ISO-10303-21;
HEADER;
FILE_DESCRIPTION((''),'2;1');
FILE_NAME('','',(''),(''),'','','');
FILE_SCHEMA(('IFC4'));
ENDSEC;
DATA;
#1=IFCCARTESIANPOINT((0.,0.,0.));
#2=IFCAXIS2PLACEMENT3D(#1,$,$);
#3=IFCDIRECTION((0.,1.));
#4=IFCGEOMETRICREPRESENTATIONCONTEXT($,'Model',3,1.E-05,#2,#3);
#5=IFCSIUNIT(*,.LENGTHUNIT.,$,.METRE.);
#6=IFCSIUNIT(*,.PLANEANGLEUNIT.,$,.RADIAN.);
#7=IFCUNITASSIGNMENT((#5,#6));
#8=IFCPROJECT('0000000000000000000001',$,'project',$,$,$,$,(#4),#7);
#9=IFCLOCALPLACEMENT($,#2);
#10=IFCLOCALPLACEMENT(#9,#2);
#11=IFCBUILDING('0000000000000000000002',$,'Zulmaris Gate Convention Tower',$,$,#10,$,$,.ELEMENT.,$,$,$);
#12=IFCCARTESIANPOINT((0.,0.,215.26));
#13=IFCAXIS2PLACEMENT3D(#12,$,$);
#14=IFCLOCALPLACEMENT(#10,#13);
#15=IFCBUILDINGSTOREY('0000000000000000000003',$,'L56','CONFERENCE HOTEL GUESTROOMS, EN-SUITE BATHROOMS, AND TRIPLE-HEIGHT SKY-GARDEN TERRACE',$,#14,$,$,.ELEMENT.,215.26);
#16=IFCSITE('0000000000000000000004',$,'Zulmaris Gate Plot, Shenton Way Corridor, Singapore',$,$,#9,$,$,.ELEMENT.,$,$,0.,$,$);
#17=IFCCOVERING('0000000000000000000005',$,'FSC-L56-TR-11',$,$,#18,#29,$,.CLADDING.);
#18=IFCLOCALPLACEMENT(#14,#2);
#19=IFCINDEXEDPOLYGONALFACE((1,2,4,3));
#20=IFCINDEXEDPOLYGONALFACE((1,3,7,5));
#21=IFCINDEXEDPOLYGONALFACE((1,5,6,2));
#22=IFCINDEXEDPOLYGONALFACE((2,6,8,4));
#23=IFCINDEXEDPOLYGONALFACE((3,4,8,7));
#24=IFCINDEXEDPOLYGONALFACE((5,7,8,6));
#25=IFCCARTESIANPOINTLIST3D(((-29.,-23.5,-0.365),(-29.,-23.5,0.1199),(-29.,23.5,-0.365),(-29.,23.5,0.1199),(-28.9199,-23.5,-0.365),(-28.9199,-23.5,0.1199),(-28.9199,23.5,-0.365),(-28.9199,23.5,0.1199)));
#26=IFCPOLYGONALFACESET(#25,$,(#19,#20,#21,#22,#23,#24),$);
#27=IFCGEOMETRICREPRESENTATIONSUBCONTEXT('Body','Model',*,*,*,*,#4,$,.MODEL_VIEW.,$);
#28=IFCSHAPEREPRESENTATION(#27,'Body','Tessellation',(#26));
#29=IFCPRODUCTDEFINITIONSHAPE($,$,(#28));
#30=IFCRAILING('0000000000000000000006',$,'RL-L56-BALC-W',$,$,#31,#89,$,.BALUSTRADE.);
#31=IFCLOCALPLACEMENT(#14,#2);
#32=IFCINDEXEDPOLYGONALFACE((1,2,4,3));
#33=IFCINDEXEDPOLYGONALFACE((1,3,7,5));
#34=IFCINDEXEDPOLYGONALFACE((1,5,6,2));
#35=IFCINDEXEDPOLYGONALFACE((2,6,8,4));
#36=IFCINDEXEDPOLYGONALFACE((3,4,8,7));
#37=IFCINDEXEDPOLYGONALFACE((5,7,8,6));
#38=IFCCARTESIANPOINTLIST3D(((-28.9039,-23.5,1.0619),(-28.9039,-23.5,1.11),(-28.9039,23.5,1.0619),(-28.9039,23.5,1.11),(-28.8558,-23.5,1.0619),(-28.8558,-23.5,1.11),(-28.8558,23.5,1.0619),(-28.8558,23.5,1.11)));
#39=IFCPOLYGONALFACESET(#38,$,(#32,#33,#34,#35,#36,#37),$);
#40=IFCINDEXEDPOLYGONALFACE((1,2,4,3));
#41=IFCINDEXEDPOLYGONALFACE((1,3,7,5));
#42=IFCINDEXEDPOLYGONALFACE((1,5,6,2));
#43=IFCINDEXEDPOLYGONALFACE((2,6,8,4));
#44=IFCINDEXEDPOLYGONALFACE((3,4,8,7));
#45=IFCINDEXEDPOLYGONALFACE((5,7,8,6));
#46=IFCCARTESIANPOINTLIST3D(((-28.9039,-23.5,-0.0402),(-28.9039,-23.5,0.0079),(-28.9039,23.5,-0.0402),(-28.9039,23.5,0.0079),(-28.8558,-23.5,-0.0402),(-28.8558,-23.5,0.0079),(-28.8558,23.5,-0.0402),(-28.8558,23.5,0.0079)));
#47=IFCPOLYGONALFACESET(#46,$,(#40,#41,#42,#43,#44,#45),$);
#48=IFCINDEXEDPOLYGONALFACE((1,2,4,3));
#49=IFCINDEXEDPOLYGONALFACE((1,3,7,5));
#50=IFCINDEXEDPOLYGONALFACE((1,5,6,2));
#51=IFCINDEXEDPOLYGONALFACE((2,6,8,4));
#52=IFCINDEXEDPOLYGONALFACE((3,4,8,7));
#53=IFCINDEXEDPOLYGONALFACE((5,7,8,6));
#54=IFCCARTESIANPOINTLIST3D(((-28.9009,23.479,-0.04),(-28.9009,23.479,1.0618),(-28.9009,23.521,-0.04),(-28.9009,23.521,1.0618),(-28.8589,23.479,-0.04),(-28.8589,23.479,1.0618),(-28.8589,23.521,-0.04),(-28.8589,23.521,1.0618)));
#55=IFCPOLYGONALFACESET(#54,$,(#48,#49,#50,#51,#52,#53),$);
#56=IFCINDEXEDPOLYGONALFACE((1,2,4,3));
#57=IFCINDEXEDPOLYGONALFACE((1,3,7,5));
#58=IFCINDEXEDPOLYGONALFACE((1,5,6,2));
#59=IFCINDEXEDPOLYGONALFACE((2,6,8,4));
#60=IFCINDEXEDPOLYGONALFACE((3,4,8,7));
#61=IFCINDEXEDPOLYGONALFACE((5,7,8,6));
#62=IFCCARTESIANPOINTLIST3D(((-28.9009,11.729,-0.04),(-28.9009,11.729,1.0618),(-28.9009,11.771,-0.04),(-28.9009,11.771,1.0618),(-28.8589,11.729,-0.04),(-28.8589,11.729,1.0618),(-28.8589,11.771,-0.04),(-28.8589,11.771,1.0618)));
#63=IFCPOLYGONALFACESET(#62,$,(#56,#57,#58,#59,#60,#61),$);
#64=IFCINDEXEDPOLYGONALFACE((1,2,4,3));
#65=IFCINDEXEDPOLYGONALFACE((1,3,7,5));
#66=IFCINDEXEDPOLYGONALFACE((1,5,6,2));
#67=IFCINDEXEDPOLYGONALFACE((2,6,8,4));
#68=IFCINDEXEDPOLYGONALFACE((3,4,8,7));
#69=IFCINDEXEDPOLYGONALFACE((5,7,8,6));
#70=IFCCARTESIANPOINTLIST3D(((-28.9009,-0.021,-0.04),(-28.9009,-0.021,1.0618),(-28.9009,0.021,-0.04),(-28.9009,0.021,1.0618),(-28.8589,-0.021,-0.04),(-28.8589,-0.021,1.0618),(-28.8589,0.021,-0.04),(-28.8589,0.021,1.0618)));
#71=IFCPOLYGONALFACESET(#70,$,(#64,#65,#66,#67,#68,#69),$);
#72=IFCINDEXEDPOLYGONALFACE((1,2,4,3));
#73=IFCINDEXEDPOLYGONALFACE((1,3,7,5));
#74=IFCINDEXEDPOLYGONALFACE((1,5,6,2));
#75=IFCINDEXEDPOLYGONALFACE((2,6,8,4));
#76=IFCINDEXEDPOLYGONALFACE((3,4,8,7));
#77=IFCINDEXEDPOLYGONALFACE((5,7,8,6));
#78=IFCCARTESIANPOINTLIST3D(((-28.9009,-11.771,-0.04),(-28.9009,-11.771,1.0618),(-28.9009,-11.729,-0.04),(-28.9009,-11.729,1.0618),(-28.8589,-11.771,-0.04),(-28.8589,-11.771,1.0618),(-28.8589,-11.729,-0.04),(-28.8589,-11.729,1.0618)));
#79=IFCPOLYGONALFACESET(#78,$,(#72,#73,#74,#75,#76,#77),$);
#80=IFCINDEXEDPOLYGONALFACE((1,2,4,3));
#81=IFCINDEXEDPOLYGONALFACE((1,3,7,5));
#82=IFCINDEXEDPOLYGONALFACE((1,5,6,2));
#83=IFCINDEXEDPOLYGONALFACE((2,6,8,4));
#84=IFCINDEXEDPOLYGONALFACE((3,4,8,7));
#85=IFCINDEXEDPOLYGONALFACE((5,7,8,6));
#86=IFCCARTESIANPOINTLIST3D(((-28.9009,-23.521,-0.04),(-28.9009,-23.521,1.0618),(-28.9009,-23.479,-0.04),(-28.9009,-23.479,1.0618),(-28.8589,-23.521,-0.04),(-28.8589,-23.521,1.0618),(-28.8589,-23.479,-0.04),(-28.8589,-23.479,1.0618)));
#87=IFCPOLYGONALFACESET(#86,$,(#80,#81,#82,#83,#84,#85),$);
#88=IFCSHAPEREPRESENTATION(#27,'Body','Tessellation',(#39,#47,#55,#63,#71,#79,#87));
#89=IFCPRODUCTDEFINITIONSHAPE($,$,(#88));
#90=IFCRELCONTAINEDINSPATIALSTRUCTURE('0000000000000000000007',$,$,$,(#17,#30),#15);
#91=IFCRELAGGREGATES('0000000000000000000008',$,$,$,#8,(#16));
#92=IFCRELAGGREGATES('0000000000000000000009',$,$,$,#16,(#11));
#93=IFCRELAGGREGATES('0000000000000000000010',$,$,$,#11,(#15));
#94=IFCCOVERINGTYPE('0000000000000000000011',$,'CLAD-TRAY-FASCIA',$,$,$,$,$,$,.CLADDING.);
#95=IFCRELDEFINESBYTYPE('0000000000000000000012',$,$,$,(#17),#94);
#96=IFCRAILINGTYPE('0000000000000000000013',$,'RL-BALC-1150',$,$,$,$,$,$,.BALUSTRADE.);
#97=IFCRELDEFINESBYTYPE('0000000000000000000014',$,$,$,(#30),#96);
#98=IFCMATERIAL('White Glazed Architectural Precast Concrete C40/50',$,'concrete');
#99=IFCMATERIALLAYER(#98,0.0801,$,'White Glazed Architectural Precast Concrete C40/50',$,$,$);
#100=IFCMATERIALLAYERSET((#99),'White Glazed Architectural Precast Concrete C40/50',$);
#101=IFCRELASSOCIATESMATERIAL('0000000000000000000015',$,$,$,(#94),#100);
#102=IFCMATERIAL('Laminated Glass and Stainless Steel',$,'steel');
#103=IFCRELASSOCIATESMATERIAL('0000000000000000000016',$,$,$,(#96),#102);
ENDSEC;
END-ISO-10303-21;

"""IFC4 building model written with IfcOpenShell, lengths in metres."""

from ifc_helpers import new_model, si_unit, direction, frame, frame_2d, origin, origin_2d, place, context, subcontext, project, spatial, rectangle, extrude, material, layer, layer_set, type_object, element, save


model = new_model("IFC4")

# Units and contexts
model_context = context("Model", 3, precision=1e-05, world=origin(), true_north=direction((0.0, 1.0)))
body_context = subcontext(model_context, "Body", "Model", "MODEL_VIEW")
ifc_project = project(units=[si_unit("LENGTHUNIT", "METRE"), si_unit("PLANEANGLEUNIT", "RADIAN")], contexts=[model_context])

# Site, building, storey
site_placement = place(None, origin())
site = spatial("IfcSite", under=ifc_project, at=site_placement, Name="Zulmaris Gate Plot, Shenton Way Corridor, Singapore", CompositionType="ELEMENT", RefElevation=0.0)
building_placement = place(site_placement, origin())
building = spatial("IfcBuilding", under=site, at=building_placement, Name="Zulmaris Gate Convention Tower", CompositionType="ELEMENT")
storey_placement = place(building_placement, frame((0.0, 0.0, 215.26)))
storey = spatial("IfcBuildingStorey", under=building, at=storey_placement, Name="L56", Description="CONFERENCE HOTEL GUESTROOMS, EN-SUITE BATHROOMS, AND TRIPLE-HEIGHT SKY-GARDEN TERRACE", CompositionType="ELEMENT", Elevation=215.26)

# Covering
ifc_material_1 = material(Name="White Glazed Architectural Precast Concrete C40/50", Category="concrete")
ifc_layer_1 = layer(ifc_material_1, 0.0801, Name="White Glazed Architectural Precast Concrete C40/50")
ifc_layer_set_1 = layer_set([ifc_layer_1], Name="White Glazed Architectural Precast Concrete C40/50")
covering_type = type_object("IfcCoveringType", Name="CLAD-TRAY-FASCIA", PredefinedType="CLADDING", material=ifc_layer_set_1)
covering_1_placement = place(storey_placement, frame((-28.96, 23.5, -0.365), z_axis=(0.0, 0.0, 1.0), x_axis=(0.0, -1.0, 0.0)))
element("IfcCovering", 1, at=covering_1_placement, inside=storey, type_object=covering_type, Name="FSC-L56-TR-11", PredefinedType="CLADDING", context=body_context, shape_type="SweptSolid", body=[
    extrude(rectangle(XDim=47.0, YDim=0.0801, at=frame_2d((23.5, 0.0))), origin(), (0.0, 0.0, 1.0), 0.4849),
])

# Railing
ifc_material_2 = material(Name="Laminated Glass and Stainless Steel", Category="steel")
railing_type = type_object("IfcRailingType", Name="RL-BALC-1150", PredefinedType="BALUSTRADE", material=ifc_material_2)
railing_placement = place(storey_placement, frame((-28.8799, 23.5, -0.04)))
element("IfcRailing", 2, at=railing_placement, inside=storey, type_object=railing_type, Name="RL-L56-BALC-W", PredefinedType="BALUSTRADE", context=body_context, shape_type="SweptSolid", body=[
    extrude(rectangle(XDim=0.0481, YDim=0.0481, at=origin_2d()), frame((0.0, 0.0, 1.126), z_axis=(0.0, -1.0, 0.0), x_axis=(1.0, 0.0, 0.0)), (0.0, 0.0, 1.0), 47.0),
    extrude(rectangle(XDim=0.0481, YDim=0.0481, at=origin_2d()), frame((0.0, 0.0, 0.0239), z_axis=(0.0, -1.0, 0.0), x_axis=(1.0, 0.0, 0.0)), (0.0, 0.0, 1.0), 47.0),
    extrude(rectangle(XDim=0.042, YDim=0.042, at=origin_2d()), origin(), (0.0, 0.0, 1.0), 1.1018),
    extrude(rectangle(XDim=0.042, YDim=0.042, at=origin_2d()), frame((0.0, -11.75, 0.0)), (0.0, 0.0, 1.0), 1.1018),
    extrude(rectangle(XDim=0.042, YDim=0.042, at=origin_2d()), frame((0.0, -23.5, 0.0)), (0.0, 0.0, 1.0), 1.1018),
    extrude(rectangle(XDim=0.042, YDim=0.042, at=origin_2d()), frame((0.0, -35.25, 0.0)), (0.0, 0.0, 1.0), 1.1018),
    extrude(rectangle(XDim=0.042, YDim=0.042, at=origin_2d()), frame((0.0, -47.0, 0.0)), (0.0, 0.0, 1.0), 1.1018),
])

save(model, "model.ifc")
